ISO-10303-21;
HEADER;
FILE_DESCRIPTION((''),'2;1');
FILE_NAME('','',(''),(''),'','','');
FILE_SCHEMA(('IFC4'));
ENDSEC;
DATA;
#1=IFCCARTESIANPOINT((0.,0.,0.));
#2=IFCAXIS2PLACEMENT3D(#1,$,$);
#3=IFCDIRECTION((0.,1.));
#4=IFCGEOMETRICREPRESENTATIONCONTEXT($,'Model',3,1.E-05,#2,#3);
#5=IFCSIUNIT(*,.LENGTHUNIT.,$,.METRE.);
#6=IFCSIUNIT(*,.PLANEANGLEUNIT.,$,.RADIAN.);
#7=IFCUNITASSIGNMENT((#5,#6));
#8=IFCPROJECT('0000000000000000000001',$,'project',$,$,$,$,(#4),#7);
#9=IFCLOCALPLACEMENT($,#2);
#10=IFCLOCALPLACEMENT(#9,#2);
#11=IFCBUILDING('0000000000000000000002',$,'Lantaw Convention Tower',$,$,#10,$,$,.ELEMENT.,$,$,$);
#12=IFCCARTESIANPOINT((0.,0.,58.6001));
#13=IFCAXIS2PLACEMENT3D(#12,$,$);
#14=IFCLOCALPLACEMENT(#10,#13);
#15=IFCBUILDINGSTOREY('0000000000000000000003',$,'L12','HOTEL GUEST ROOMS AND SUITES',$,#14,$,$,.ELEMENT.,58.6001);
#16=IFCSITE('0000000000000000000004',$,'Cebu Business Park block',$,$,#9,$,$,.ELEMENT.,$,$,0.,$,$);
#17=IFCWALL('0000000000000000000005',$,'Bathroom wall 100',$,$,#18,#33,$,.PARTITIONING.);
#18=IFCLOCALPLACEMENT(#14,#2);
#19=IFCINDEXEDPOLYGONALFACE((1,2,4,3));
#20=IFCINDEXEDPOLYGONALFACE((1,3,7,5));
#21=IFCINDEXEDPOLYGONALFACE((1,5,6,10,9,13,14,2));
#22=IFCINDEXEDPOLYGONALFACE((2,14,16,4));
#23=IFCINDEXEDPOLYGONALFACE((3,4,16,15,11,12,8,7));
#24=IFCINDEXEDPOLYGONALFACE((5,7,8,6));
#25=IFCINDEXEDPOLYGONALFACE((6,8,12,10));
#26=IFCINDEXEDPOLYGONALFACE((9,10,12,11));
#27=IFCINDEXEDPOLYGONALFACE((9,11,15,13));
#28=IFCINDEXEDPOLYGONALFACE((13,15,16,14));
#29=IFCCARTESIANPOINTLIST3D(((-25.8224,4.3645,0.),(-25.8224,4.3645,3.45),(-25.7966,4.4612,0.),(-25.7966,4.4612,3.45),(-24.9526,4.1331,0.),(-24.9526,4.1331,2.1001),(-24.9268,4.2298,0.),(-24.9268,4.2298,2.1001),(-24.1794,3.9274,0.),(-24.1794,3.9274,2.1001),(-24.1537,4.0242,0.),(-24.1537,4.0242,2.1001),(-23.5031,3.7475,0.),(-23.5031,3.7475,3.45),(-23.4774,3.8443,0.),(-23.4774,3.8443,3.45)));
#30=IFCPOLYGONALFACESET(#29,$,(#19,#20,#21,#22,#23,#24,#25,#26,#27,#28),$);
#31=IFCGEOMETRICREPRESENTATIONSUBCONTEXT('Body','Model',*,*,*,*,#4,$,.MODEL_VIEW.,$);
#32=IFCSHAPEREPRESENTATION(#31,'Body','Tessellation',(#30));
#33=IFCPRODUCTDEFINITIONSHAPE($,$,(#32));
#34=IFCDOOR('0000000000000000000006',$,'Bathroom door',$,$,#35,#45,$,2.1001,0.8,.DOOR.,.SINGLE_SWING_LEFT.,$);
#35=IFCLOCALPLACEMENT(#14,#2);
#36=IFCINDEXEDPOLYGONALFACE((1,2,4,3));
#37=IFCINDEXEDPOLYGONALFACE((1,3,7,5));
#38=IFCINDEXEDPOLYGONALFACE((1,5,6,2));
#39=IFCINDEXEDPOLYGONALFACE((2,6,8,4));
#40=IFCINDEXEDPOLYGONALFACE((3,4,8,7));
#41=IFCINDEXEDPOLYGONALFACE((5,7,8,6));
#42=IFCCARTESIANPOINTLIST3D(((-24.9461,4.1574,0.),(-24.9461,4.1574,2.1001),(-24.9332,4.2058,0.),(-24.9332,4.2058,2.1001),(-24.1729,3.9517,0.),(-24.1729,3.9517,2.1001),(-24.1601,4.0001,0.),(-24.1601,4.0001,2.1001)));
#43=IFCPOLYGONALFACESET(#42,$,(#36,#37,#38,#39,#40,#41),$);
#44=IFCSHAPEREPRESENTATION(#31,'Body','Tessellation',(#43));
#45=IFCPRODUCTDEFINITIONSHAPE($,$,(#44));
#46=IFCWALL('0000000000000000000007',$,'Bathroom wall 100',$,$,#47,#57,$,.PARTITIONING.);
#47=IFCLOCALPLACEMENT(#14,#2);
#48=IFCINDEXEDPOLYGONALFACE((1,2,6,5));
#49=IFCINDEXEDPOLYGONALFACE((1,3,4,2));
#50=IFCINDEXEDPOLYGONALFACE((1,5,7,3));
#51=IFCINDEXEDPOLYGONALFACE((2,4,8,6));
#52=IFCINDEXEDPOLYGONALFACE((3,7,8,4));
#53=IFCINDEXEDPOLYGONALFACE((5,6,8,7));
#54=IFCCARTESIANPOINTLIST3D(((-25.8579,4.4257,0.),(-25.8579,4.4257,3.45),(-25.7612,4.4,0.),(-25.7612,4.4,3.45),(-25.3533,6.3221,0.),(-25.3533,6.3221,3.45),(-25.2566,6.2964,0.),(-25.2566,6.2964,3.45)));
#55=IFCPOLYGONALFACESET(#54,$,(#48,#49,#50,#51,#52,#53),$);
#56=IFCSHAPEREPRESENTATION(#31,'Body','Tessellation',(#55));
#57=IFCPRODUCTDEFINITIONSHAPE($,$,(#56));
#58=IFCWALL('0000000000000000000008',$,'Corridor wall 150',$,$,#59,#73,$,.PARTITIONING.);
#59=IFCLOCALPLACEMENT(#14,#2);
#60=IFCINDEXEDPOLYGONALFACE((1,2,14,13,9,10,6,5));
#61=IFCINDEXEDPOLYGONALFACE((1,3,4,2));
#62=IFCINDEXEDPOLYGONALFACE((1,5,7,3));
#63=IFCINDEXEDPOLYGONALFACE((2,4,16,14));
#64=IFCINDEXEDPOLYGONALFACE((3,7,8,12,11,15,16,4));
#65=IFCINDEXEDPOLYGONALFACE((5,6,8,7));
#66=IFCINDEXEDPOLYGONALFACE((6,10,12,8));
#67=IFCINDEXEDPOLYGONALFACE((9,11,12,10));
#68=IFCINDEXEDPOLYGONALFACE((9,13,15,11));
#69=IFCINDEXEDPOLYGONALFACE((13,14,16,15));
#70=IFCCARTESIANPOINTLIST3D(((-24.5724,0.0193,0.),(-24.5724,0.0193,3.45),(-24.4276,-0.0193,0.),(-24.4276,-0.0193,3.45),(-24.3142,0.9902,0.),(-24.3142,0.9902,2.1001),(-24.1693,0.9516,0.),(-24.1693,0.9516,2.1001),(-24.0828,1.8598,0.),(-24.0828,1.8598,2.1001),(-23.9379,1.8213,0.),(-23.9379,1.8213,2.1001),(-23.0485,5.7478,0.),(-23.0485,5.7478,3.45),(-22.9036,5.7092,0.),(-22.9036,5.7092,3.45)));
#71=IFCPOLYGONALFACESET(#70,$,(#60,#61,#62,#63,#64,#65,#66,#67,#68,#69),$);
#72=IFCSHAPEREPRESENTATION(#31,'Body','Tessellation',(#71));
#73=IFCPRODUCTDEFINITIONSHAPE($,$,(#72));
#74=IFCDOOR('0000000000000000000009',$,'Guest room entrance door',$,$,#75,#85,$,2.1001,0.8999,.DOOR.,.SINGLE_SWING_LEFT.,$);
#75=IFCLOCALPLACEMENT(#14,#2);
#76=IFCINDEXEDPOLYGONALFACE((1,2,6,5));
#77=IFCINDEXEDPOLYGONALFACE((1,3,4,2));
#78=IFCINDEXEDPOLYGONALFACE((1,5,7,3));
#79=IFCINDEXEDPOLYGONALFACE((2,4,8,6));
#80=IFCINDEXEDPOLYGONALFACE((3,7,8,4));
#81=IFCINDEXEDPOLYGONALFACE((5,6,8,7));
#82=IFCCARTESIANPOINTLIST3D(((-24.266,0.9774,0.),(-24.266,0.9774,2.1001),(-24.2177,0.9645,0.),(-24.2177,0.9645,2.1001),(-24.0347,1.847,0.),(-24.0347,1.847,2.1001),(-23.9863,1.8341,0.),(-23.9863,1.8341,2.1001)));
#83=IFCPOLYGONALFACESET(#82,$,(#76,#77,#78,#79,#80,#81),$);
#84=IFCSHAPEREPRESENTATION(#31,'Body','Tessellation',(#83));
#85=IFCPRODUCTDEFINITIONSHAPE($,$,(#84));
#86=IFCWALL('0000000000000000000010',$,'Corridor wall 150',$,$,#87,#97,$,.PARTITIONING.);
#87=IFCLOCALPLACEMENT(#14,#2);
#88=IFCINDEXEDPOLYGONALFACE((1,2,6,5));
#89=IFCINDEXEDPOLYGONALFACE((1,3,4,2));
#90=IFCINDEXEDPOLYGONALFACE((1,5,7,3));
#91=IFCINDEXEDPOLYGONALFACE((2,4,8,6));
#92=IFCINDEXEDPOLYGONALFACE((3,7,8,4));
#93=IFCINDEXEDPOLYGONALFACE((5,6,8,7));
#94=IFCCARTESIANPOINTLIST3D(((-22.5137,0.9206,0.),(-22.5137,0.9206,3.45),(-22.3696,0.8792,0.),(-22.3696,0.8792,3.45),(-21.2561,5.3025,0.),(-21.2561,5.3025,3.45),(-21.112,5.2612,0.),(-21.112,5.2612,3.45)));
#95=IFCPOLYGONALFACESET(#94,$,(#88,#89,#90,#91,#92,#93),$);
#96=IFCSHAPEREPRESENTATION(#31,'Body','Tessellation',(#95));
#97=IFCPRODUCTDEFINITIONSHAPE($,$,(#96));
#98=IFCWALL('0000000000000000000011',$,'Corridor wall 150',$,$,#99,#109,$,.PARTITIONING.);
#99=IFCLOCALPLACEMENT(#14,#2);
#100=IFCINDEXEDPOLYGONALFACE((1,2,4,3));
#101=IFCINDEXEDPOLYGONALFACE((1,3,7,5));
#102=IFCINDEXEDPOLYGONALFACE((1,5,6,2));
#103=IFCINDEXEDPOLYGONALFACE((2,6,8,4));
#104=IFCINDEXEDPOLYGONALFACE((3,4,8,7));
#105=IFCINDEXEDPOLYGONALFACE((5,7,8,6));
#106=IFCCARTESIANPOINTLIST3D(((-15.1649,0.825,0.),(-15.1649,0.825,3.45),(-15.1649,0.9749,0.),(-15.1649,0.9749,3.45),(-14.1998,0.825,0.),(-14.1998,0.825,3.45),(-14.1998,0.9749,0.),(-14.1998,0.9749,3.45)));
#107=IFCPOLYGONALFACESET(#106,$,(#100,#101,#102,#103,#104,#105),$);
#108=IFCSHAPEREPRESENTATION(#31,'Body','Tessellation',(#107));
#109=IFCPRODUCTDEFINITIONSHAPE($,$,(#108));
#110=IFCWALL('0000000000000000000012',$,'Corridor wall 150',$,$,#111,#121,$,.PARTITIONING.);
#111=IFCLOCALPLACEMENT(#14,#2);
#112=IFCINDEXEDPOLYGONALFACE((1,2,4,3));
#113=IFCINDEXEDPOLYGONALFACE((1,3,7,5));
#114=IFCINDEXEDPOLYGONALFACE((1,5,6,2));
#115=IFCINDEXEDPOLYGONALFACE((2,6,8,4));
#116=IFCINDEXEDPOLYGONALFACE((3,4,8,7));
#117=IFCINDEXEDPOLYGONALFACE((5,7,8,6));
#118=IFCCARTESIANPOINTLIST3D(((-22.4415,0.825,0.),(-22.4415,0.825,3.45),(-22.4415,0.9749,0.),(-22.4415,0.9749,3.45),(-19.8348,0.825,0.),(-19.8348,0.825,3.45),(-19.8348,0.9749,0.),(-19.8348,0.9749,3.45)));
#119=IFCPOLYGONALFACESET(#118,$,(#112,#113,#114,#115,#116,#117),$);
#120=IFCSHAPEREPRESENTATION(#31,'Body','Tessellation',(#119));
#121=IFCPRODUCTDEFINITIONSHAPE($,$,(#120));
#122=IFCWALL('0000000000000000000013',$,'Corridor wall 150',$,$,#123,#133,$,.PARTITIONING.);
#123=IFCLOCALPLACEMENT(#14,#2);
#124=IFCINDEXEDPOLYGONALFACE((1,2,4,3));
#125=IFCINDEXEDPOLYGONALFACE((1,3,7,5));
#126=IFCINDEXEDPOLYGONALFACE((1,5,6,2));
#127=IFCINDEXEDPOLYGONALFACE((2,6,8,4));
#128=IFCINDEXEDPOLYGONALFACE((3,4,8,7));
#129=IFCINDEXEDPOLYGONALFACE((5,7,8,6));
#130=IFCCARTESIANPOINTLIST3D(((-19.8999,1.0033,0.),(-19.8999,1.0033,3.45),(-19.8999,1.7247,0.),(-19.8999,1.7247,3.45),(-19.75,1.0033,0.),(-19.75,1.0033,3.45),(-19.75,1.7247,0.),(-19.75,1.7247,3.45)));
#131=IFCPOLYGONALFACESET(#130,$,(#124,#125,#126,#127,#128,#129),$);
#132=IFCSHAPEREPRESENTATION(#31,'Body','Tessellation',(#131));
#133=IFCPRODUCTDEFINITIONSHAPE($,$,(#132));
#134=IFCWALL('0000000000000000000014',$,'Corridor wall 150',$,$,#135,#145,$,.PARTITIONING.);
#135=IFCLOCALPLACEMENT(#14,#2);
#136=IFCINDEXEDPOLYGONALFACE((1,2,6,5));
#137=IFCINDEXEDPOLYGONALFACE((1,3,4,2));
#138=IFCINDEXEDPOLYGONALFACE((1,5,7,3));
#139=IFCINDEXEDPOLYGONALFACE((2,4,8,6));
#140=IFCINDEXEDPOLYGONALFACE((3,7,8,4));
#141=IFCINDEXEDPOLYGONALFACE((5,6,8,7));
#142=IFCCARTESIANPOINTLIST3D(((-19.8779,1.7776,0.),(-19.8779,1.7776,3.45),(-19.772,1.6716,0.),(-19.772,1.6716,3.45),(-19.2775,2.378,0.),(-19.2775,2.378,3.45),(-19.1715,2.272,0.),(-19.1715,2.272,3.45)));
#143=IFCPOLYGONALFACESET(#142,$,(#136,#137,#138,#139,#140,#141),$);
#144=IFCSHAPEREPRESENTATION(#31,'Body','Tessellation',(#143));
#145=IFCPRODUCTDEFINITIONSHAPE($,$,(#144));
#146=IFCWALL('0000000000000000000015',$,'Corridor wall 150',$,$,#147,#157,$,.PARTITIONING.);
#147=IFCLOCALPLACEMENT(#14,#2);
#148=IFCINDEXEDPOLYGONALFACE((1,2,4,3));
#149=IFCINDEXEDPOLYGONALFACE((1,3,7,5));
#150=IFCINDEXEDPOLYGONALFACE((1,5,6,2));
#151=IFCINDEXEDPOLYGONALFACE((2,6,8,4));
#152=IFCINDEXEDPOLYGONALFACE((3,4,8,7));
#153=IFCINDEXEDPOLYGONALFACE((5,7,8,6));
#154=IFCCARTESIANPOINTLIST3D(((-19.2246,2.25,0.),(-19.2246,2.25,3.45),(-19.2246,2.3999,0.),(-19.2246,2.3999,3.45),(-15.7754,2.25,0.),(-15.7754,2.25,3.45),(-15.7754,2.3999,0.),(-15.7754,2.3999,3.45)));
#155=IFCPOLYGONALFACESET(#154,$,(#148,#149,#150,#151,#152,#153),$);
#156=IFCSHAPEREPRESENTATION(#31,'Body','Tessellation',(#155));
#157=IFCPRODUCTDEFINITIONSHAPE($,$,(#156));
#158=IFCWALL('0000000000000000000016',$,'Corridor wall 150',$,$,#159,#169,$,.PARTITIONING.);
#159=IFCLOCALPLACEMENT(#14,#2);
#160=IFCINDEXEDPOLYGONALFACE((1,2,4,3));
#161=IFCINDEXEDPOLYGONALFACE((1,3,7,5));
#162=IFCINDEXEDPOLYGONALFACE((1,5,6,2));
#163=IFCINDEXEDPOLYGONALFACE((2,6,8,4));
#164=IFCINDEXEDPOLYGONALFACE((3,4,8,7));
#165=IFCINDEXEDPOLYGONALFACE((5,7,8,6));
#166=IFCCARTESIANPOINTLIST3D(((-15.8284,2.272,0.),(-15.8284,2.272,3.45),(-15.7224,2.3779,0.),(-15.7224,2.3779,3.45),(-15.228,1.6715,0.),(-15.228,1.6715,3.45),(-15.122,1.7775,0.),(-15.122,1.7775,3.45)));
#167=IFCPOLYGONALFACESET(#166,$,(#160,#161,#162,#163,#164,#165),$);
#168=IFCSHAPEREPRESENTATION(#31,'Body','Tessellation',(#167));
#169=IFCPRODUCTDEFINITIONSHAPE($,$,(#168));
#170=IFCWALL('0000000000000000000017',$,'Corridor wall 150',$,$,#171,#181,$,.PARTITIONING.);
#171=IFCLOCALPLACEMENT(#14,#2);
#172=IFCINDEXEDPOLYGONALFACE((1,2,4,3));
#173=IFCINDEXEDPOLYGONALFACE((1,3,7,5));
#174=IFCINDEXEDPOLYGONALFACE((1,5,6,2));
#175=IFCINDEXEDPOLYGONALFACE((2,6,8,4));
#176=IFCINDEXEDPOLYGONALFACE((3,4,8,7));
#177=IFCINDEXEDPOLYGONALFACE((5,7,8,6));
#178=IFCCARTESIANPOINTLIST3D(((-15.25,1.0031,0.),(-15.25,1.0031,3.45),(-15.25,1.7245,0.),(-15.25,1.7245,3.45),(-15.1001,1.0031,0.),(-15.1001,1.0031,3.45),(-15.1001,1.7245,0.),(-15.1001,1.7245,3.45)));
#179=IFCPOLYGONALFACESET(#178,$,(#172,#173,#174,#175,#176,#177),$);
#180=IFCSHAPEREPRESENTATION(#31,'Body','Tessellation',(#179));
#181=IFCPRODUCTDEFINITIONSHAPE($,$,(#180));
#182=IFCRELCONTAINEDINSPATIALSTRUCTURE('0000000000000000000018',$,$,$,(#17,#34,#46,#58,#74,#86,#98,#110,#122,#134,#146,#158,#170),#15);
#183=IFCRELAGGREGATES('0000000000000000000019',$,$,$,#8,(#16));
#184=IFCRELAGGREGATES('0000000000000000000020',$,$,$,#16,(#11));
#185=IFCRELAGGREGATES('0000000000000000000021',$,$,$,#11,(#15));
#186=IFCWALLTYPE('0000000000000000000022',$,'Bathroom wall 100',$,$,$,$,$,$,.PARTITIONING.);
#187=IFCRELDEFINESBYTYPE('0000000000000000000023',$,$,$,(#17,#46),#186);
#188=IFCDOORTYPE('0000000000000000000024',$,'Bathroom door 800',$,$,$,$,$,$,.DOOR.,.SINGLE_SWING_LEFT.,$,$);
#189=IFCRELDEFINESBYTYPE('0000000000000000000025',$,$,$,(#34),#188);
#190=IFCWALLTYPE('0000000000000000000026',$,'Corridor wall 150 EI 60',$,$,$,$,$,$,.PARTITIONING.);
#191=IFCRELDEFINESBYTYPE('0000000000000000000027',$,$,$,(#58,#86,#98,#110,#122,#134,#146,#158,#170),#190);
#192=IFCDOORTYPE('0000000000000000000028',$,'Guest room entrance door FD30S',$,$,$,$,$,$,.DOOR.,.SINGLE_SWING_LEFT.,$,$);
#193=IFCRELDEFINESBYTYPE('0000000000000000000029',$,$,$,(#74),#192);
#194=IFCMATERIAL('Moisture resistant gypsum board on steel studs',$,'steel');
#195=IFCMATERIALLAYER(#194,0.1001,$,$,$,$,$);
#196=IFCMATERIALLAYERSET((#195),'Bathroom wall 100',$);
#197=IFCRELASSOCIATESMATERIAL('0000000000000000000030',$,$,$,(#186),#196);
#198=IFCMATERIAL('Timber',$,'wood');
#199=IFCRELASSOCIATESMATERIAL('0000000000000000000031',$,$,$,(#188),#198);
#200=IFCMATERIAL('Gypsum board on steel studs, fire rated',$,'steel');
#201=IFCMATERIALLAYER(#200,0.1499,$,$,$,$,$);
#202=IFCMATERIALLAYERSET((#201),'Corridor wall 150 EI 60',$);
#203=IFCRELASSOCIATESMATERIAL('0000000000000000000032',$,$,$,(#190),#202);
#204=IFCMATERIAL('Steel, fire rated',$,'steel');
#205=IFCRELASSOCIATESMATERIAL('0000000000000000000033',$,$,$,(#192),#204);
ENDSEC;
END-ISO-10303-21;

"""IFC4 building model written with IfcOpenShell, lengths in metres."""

from ifc_helpers import new_model, si_unit, direction, frame, frame_2d, origin, place, context, subcontext, project, spatial, rectangle, extrude, material, layer, layer_set, type_object, element, fill, save


model = new_model("IFC4")

# Units and contexts
model_context = context("Model", 3, precision=1e-05, world=origin(), true_north=direction((0.0, 1.0)))
body_context = subcontext(model_context, "Body", "Model", "MODEL_VIEW")
ifc_project = project(units=[si_unit("LENGTHUNIT", "METRE"), si_unit("PLANEANGLEUNIT", "RADIAN")], contexts=[model_context])

# Site, building, storey
site_placement = place(None, origin())
site = spatial("IfcSite", under=ifc_project, at=site_placement, Name="Cebu Business Park block", CompositionType="ELEMENT", RefElevation=0.0)
building_placement = place(site_placement, origin())
building = spatial("IfcBuilding", under=site, at=building_placement, Name="Lantaw Convention Tower", CompositionType="ELEMENT")
storey_placement = place(building_placement, frame((0.0, 0.0, 58.6001)))
storey = spatial("IfcBuildingStorey", under=building, at=storey_placement, Name="L12", Description="HOTEL GUEST ROOMS AND SUITES", CompositionType="ELEMENT", Elevation=58.6001)

# Wall, opening, door
ifc_material_1 = material(Name="Moisture resistant gypsum board on steel studs", Category="steel")
ifc_layer_1 = layer(ifc_material_1, 0.1001)
ifc_layer_set_1 = layer_set([ifc_layer_1], Name="Bathroom wall 100")
wall_type_1 = type_object("IfcWallType", Name="Bathroom wall 100", PredefinedType="PARTITIONING", material=ifc_layer_set_1)
wall_1_placement = place(storey_placement, frame((-23.4902, 3.7959, 0.0), z_axis=(0.0, 0.0, 1.0), x_axis=(-0.966395, 0.257061, 0.0)))
wall_1 = element("IfcWall", 1, at=wall_1_placement, inside=storey, type_object=wall_type_1, Name="Bathroom wall 100", PredefinedType="PARTITIONING", context=body_context, shape_type="SweptSolid", body=[
    extrude(rectangle(XDim=2.3999, YDim=0.1001, at=frame_2d((1.2, 0.0))), origin(), (0.0, 0.0, 1.0), 3.45),
])
opening_1_placement = place(wall_1_placement, frame((0.7, 0.0, 0.0)))
opening_1 = element("IfcOpeningElement", 2, at=opening_1_placement, cuts=wall_1, PredefinedType="OPENING", context=body_context, shape_type="SweptSolid", body=[
    extrude(rectangle(XDim=0.8, YDim=2.1001, at=frame_2d((0.3999, 1.05))), frame((0.0, 0.0601, 0.0), z_axis=(0.0, -1.0, 0.0), x_axis=(1.0, 0.0, 0.0)), (0.0, 0.0, 1.0), 0.1201),
])
ifc_material_2 = material(Name="Timber", Category="wood")
door_type_1 = type_object("IfcDoorType", Name="Bathroom door 800", OperationType="SINGLE_SWING_LEFT", PredefinedType="DOOR", material=ifc_material_2)
door_1_placement = place(opening_1_placement, origin())
door_1 = element("IfcDoor", 3, at=door_1_placement, inside=storey, type_object=door_type_1, Name="Bathroom door", OperationType="SINGLE_SWING_LEFT", OverallHeight=2.1001, OverallWidth=0.8, PredefinedType="DOOR", context=body_context, shape_type="SweptSolid", body=[
    extrude(rectangle(XDim=0.8, YDim=2.1001, at=frame_2d((0.3999, 1.05))), frame((0.0, 0.0249, 0.0), z_axis=(0.0, -1.0, 0.0), x_axis=(1.0, 0.0, 0.0)), (0.0, 0.0, 1.0), 0.05),
])
fill(opening_1, door_1)

# Wall
wall_2_placement = place(storey_placement, frame((-25.8096, 4.4128, 0.0), z_axis=(0.0, 0.0, 1.0), x_axis=(0.257144, 0.966373, 0.0)))
element("IfcWall", 4, at=wall_2_placement, inside=storey, type_object=wall_type_1, Name="Bathroom wall 100", PredefinedType="PARTITIONING", context=body_context, shape_type="SweptSolid", body=[
    extrude(rectangle(XDim=1.9624, YDim=0.1001, at=frame_2d((0.9812, 0.0))), origin(), (0.0, 0.0, 1.0), 3.45),
])

# Wall, opening, door
ifc_material_3 = material(Name="Gypsum board on steel studs, fire rated", Category="steel")
ifc_layer_2 = layer(ifc_material_3, 0.1499)
ifc_layer_set_2 = layer_set([ifc_layer_2], Name="Corridor wall 150 EI 60")
wall_type_2 = type_object("IfcWallType", Name="Corridor wall 150 EI 60", PredefinedType="PARTITIONING", material=ifc_layer_set_2)
wall_3_placement = place(storey_placement, frame((-22.9761, 5.7285, 0.0), z_axis=(0.0, 0.0, 1.0), x_axis=(-0.257083, -0.966389, 0.0)))
wall_3 = element("IfcWall", 5, at=wall_3_placement, inside=storey, type_object=wall_type_2, Name="Corridor wall 150", PredefinedType="PARTITIONING", context=body_context, shape_type="SweptSolid", body=[
    extrude(rectangle(XDim=5.9277, YDim=0.1499, at=frame_2d((2.9639, 0.0))), origin(), (0.0, 0.0, 1.0), 3.45),
])
opening_2_placement = place(wall_3_placement, frame((4.0232, 0.0, 0.0)))
opening_2 = element("IfcOpeningElement", 6, at=opening_2_placement, cuts=wall_3, PredefinedType="OPENING", context=body_context, shape_type="SweptSolid", body=[
    extrude(rectangle(XDim=0.8999, YDim=2.1001, at=frame_2d((0.45, 1.05))), frame((0.0, 0.085, 0.0), z_axis=(0.0, -1.0, 0.0), x_axis=(1.0, 0.0, 0.0)), (0.0, 0.0, 1.0), 0.1699),
])
ifc_material_4 = material(Name="Steel, fire rated", Category="steel")
door_type_2 = type_object("IfcDoorType", Name="Guest room entrance door FD30S", OperationType="SINGLE_SWING_LEFT", PredefinedType="DOOR", material=ifc_material_4)
door_2_placement = place(opening_2_placement, origin())
door_2 = element("IfcDoor", 7, at=door_2_placement, inside=storey, type_object=door_type_2, Name="Guest room entrance door", OperationType="SINGLE_SWING_LEFT", OverallHeight=2.1001, OverallWidth=0.8999, PredefinedType="DOOR", context=body_context, shape_type="SweptSolid", body=[
    extrude(rectangle(XDim=0.8999, YDim=2.1001, at=frame_2d((0.45, 1.05))), frame((0.0, 0.0249, 0.0), z_axis=(0.0, -1.0, 0.0), x_axis=(1.0, 0.0, 0.0)), (0.0, 0.0, 1.0), 0.05),
])
fill(opening_2, door_2)

# Walls
wall_4_placement = place(storey_placement, frame((-21.1841, 5.2817, 0.0), z_axis=(0.0, 0.0, 1.0), x_axis=(-0.27586, -0.961198, 0.0)))
element("IfcWall", 8, at=wall_4_placement, inside=storey, type_object=wall_type_2, Name="Corridor wall 150", PredefinedType="PARTITIONING", context=body_context, shape_type="SweptSolid", body=[
    extrude(rectangle(XDim=4.5588, YDim=0.1499, at=frame_2d((2.2793, 0.0))), origin(), (0.0, 0.0, 1.0), 3.45),
])
wall_5_placement = place(storey_placement, frame((-14.2, 0.8999, 0.0), z_axis=(0.0, 0.0, 1.0), x_axis=(-1.0, 0.0, 0.0)))
element("IfcWall", 9, at=wall_5_placement, inside=storey, type_object=wall_type_2, Name="Corridor wall 150", PredefinedType="PARTITIONING", context=body_context, shape_type="SweptSolid", body=[
    extrude(rectangle(XDim=0.9651, YDim=0.1499, at=frame_2d((0.4824, 0.0))), origin(), (0.0, 0.0, 1.0), 3.45),
])
wall_6_placement = place(storey_placement, frame((-19.835, 0.8999, 0.0), z_axis=(0.0, 0.0, 1.0), x_axis=(-1.0, 0.0, 0.0)))
element("IfcWall", 10, at=wall_6_placement, inside=storey, type_object=wall_type_2, Name="Corridor wall 150", PredefinedType="PARTITIONING", context=body_context, shape_type="SweptSolid", body=[
    extrude(rectangle(XDim=2.6067, YDim=0.1499, at=frame_2d((1.3032, 0.0))), origin(), (0.0, 0.0, 1.0), 3.45),
])
wall_7_placement = place(storey_placement, frame((-19.825, 1.0032, 0.0), z_axis=(0.0, 0.0, 1.0), x_axis=(0.0, 1.0, 0.0)))
element("IfcWall", 11, at=wall_7_placement, inside=storey, type_object=wall_type_2, Name="Corridor wall 150", PredefinedType="PARTITIONING", context=body_context, shape_type="SweptSolid", body=[
    extrude(rectangle(XDim=0.7214, YDim=0.1499, at=frame_2d((0.3608, 0.0))), origin(), (0.0, 0.0, 1.0), 3.45),
])
wall_8_placement = place(storey_placement, frame((-19.825, 1.7246, 0.0), z_axis=(0.0, 0.0, 1.0), x_axis=(0.707107, 0.707107, 0.0)))
element("IfcWall", 12, at=wall_8_placement, inside=storey, type_object=wall_type_2, Name="Corridor wall 150", PredefinedType="PARTITIONING", context=body_context, shape_type="SweptSolid", body=[
    extrude(rectangle(XDim=0.8491, YDim=0.1499, at=frame_2d((0.4246, 0.0))), origin(), (0.0, 0.0, 1.0), 3.45),
])
wall_9_placement = place(storey_placement, frame((-19.2246, 2.325, 0.0), z_axis=(0.0, 0.0, 1.0), x_axis=(1.0, 0.0, 0.0)))
element("IfcWall", 13, at=wall_9_placement, inside=storey, type_object=wall_type_2, Name="Corridor wall 150", PredefinedType="PARTITIONING", context=body_context, shape_type="SweptSolid", body=[
    extrude(rectangle(XDim=3.4492, YDim=0.1499, at=frame_2d((1.7246, 0.0))), origin(), (0.0, 0.0, 1.0), 3.45),
])
wall_10_placement = place(storey_placement, frame((-15.7754, 2.325, 0.0), z_axis=(0.0, 0.0, 1.0), x_axis=(0.707107, -0.707107, 0.0)))
element("IfcWall", 14, at=wall_10_placement, inside=storey, type_object=wall_type_2, Name="Corridor wall 150", PredefinedType="PARTITIONING", context=body_context, shape_type="SweptSolid", body=[
    extrude(rectangle(XDim=0.8491, YDim=0.1499, at=frame_2d((0.4246, 0.0))), origin(), (0.0, 0.0, 1.0), 3.45),
])
wall_11_placement = place(storey_placement, frame((-15.175, 1.7246, 0.0), z_axis=(0.0, 0.0, 1.0), x_axis=(0.0, -1.0, 0.0)))
element("IfcWall", 15, at=wall_11_placement, inside=storey, type_object=wall_type_2, Name="Corridor wall 150", PredefinedType="PARTITIONING", context=body_context, shape_type="SweptSolid", body=[
    extrude(rectangle(XDim=0.7214, YDim=0.1499, at=frame_2d((0.3608, 0.0))), origin(), (0.0, 0.0, 1.0), 3.45),
])

save(model, "model.ifc")
